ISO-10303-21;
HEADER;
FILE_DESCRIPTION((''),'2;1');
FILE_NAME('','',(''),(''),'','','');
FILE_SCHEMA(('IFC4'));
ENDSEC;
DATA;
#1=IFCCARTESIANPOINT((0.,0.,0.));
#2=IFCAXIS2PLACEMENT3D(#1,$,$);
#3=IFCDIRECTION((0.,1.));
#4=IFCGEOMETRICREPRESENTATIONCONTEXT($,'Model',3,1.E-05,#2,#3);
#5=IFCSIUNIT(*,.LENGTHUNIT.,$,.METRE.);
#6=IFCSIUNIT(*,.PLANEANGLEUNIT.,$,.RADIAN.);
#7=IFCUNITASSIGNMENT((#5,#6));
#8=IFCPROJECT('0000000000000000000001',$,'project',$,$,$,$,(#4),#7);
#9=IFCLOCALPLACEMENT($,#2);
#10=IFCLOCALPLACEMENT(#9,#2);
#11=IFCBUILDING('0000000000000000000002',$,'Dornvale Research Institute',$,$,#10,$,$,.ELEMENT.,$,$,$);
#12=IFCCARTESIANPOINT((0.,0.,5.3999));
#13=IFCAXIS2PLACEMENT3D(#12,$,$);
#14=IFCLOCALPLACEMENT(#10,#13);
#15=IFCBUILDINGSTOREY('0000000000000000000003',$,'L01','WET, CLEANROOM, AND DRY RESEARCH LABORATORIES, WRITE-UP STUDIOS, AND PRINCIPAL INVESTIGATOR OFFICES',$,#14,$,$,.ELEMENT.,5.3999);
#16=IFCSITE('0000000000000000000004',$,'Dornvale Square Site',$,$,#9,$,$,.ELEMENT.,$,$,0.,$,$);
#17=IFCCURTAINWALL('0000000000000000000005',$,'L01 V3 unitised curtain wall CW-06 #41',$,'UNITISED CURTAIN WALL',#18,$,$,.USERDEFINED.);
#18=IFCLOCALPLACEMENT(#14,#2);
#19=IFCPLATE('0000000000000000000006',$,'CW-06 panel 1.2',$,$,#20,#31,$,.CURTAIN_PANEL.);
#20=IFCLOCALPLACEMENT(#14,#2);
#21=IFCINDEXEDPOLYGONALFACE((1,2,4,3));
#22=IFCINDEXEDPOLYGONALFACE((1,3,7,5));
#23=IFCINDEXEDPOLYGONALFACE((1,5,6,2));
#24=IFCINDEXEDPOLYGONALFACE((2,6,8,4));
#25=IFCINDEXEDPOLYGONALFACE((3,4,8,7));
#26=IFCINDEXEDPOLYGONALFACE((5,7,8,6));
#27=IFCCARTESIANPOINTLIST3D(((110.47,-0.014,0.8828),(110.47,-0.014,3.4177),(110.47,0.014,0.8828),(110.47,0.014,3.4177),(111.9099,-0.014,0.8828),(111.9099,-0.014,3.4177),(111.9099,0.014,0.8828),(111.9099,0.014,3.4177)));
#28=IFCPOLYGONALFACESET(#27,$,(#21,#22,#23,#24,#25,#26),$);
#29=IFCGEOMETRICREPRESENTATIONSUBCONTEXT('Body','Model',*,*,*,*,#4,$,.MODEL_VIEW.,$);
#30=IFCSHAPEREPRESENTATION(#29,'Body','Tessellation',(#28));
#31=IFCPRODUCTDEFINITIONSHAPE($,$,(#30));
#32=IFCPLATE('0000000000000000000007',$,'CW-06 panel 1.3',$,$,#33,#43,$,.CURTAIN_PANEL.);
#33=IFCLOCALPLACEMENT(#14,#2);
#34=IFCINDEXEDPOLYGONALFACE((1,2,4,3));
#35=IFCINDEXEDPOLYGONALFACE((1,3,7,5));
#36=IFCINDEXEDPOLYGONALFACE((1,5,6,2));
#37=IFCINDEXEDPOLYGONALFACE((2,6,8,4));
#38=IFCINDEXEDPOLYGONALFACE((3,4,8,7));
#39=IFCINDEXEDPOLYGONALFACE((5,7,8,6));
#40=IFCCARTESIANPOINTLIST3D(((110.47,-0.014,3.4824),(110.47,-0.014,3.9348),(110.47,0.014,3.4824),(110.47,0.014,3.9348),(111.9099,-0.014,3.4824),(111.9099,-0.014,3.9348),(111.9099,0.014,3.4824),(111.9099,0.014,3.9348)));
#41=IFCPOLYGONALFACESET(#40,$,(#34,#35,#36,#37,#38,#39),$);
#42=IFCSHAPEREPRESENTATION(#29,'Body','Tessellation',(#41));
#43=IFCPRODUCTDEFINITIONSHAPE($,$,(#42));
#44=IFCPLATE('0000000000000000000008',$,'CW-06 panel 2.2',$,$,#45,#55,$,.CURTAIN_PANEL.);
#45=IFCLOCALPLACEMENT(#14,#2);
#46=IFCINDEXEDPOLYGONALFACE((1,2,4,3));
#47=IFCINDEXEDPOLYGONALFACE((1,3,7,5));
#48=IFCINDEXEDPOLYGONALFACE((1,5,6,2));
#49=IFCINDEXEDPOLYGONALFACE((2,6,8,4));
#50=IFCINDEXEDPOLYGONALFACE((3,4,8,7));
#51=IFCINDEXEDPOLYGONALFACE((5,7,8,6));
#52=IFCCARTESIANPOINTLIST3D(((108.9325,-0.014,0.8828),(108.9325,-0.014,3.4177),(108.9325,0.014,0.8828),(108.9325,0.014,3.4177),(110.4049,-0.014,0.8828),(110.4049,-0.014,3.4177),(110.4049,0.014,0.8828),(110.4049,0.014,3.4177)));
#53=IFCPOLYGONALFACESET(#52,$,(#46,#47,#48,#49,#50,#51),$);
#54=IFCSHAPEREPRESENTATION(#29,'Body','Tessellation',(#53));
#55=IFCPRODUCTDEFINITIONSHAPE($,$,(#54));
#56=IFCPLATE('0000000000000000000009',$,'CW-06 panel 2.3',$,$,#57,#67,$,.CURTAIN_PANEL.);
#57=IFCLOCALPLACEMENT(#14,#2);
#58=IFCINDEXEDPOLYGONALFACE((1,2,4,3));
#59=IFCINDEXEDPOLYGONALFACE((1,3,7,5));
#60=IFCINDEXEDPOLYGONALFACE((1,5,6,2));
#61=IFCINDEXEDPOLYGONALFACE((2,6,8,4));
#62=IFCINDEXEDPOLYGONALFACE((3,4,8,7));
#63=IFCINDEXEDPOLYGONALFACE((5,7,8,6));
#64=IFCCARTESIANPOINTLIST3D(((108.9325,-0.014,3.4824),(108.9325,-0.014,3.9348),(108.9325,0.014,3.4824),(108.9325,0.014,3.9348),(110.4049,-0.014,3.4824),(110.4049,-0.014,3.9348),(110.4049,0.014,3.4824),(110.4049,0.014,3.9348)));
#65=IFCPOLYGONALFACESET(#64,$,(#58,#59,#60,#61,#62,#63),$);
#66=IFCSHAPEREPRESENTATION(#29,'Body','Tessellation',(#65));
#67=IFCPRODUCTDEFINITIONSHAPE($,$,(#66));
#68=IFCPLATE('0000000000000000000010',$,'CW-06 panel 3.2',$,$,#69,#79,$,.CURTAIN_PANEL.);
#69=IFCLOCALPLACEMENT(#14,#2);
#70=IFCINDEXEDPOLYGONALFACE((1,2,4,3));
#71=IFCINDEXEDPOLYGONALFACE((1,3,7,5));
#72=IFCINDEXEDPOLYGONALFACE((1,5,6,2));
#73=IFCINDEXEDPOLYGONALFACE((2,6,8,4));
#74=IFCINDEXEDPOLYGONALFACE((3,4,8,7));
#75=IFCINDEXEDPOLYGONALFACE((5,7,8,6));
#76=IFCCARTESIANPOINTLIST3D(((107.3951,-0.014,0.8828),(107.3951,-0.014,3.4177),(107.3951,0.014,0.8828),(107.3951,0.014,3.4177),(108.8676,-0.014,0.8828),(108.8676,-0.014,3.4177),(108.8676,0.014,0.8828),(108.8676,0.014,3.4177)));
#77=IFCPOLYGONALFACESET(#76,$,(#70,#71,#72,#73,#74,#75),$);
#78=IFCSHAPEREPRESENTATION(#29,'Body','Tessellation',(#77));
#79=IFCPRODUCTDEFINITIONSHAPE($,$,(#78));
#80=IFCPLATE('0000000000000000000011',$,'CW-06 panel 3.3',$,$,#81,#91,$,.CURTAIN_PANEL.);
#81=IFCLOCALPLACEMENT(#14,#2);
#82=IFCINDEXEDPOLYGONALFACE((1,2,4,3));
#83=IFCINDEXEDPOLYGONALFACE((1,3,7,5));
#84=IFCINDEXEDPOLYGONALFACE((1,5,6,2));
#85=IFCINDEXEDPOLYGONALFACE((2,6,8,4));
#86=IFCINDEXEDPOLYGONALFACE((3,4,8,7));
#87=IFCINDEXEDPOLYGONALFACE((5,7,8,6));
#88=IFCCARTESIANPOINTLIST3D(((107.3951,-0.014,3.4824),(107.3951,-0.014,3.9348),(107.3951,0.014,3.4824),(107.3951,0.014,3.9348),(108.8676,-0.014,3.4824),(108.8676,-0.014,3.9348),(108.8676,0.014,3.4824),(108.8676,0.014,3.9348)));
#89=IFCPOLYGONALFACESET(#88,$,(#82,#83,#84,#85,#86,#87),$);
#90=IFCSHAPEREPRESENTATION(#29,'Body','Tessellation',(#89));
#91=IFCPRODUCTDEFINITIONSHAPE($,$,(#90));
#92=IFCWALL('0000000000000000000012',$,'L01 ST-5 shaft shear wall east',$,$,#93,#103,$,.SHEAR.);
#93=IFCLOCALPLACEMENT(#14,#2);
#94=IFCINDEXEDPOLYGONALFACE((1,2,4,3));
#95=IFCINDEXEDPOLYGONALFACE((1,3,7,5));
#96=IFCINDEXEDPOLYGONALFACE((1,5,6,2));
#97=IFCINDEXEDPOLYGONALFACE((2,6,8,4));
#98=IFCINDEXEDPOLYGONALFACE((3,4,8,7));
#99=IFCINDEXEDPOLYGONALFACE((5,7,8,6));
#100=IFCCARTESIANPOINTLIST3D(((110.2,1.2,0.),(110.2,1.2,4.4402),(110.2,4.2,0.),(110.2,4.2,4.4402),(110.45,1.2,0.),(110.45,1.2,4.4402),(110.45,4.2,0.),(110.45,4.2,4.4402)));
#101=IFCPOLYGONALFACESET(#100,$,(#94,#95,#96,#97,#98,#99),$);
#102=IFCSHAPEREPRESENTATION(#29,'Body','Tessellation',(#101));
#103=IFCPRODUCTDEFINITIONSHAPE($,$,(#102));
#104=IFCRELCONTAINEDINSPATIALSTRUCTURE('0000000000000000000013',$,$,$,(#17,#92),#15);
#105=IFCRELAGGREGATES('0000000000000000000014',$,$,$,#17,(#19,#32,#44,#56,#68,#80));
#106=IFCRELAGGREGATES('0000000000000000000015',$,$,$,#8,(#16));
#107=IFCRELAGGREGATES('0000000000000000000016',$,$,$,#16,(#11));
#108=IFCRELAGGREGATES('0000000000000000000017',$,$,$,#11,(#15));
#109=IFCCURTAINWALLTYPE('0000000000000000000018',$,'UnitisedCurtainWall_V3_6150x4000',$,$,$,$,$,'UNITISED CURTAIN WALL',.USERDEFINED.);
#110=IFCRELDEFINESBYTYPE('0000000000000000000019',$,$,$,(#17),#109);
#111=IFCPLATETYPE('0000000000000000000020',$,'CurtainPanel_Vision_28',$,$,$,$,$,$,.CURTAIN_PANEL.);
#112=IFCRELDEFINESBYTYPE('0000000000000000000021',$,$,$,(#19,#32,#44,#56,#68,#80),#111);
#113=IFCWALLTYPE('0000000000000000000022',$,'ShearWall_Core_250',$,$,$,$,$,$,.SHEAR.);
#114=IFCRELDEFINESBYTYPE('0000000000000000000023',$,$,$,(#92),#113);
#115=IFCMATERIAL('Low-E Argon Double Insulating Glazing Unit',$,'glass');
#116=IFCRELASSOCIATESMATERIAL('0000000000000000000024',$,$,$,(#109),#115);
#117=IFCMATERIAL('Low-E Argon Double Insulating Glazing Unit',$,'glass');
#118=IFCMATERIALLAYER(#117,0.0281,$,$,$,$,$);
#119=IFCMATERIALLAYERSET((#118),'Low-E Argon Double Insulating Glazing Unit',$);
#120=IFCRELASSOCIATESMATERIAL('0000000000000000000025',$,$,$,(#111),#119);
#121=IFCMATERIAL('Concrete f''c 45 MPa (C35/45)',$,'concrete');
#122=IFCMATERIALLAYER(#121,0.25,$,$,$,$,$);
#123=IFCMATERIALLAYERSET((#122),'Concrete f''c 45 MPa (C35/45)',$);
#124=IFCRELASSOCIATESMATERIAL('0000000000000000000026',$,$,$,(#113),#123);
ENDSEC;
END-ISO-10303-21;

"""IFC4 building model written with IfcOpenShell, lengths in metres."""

from ifc_helpers import new_model, si_unit, direction, frame, frame_2d, origin, origin_2d, place, context, subcontext, project, spatial, rectangle, extrude, material, layer, layer_set, type_object, element, aggregate, save


model = new_model("IFC4")

# Units and contexts
model_context = context("Model", 3, precision=1e-05, world=origin(), true_north=direction((0.0, 1.0)))
body_context = subcontext(model_context, "Body", "Model", "MODEL_VIEW")
ifc_project = project(units=[si_unit("LENGTHUNIT", "METRE"), si_unit("PLANEANGLEUNIT", "RADIAN")], contexts=[model_context])

# Site, building, storey
site_placement = place(None, origin())
site = spatial("IfcSite", under=ifc_project, at=site_placement, Name="Dornvale Square Site", CompositionType="ELEMENT", RefElevation=0.0)
building_placement = place(site_placement, origin())
building = spatial("IfcBuilding", under=site, at=building_placement, Name="Dornvale Research Institute", CompositionType="ELEMENT")
storey_placement = place(building_placement, frame((0.0, 0.0, 5.3999)))
storey = spatial("IfcBuildingStorey", under=building, at=storey_placement, Name="L01", Description="WET, CLEANROOM, AND DRY RESEARCH LABORATORIES, WRITE-UP STUDIOS, AND PRINCIPAL INVESTIGATOR OFFICES", CompositionType="ELEMENT", Elevation=5.3999)

# Curtain wall
ifc_material_1 = material(Name="Low-E Argon Double Insulating Glazing Unit", Category="glass")
curtain_wall_type = type_object("IfcCurtainWallType", Name="UnitisedCurtainWall_V3_6150x4000", ElementType="UNITISED CURTAIN WALL", PredefinedType="USERDEFINED", material=ifc_material_1)
curtain_wall_placement = place(storey_placement, origin())
curtain_wall = element("IfcCurtainWall", 1, at=curtain_wall_placement, inside=storey, type_object=curtain_wall_type, Name="L01 V3 unitised curtain wall CW-06 #41", ObjectType="UNITISED CURTAIN WALL", PredefinedType="USERDEFINED")

# Plates
ifc_material_2 = material(Name="Low-E Argon Double Insulating Glazing Unit", Category="glass")
ifc_layer_1 = layer(ifc_material_2, 0.0281)
ifc_layer_set_1 = layer_set([ifc_layer_1], Name="Low-E Argon Double Insulating Glazing Unit")
plate_type_1 = type_object("IfcPlateType", Name="CurtainPanel_Vision_28", PredefinedType="CURTAIN_PANEL", material=ifc_layer_set_1)
plate_1_placement = place(storey_placement, frame((111.1899, 0.0, 0.8828), z_axis=(0.0, 0.0, 1.0), x_axis=(-1.0, 0.0, 0.0)))
plate_1 = element("IfcPlate", 2, at=plate_1_placement, type_object=plate_type_1, Name="CW-06 panel 1.2", PredefinedType="CURTAIN_PANEL", context=body_context, shape_type="SweptSolid", body=[
    extrude(rectangle(XDim=1.4399, YDim=0.0281, at=origin_2d()), origin(), (0.0, 0.0, 1.0), 2.5349),
])
plate_2_placement = place(storey_placement, frame((111.1899, 0.0, 3.4824), z_axis=(0.0, 0.0, 1.0), x_axis=(-1.0, 0.0, 0.0)))
plate_2 = element("IfcPlate", 3, at=plate_2_placement, type_object=plate_type_1, Name="CW-06 panel 1.3", PredefinedType="CURTAIN_PANEL", context=body_context, shape_type="SweptSolid", body=[
    extrude(rectangle(XDim=1.4399, YDim=0.0281, at=origin_2d()), origin(), (0.0, 0.0, 1.0), 0.4524),
])
plate_3_placement = place(storey_placement, frame((109.6687, 0.0, 0.8828), z_axis=(0.0, 0.0, 1.0), x_axis=(-1.0, 0.0, 0.0)))
plate_3 = element("IfcPlate", 4, at=plate_3_placement, type_object=plate_type_1, Name="CW-06 panel 2.2", PredefinedType="CURTAIN_PANEL", context=body_context, shape_type="SweptSolid", body=[
    extrude(rectangle(XDim=1.4724, YDim=0.0281, at=origin_2d()), origin(), (0.0, 0.0, 1.0), 2.5349),
])
plate_4_placement = place(storey_placement, frame((109.6687, 0.0, 3.4824), z_axis=(0.0, 0.0, 1.0), x_axis=(-1.0, 0.0, 0.0)))
plate_4 = element("IfcPlate", 5, at=plate_4_placement, type_object=plate_type_1, Name="CW-06 panel 2.3", PredefinedType="CURTAIN_PANEL", context=body_context, shape_type="SweptSolid", body=[
    extrude(rectangle(XDim=1.4724, YDim=0.0281, at=origin_2d()), origin(), (0.0, 0.0, 1.0), 0.4524),
])
plate_5_placement = place(storey_placement, frame((108.1313, 0.0, 0.8828), z_axis=(0.0, 0.0, 1.0), x_axis=(-1.0, 0.0, 0.0)))
plate_5 = element("IfcPlate", 6, at=plate_5_placement, type_object=plate_type_1, Name="CW-06 panel 3.2", PredefinedType="CURTAIN_PANEL", context=body_context, shape_type="SweptSolid", body=[
    extrude(rectangle(XDim=1.4724, YDim=0.0281, at=origin_2d()), origin(), (0.0, 0.0, 1.0), 2.5349),
])
plate_6_placement = place(storey_placement, frame((108.1313, 0.0, 3.4824), z_axis=(0.0, 0.0, 1.0), x_axis=(-1.0, 0.0, 0.0)))
plate_6 = element("IfcPlate", 7, at=plate_6_placement, type_object=plate_type_1, Name="CW-06 panel 3.3", PredefinedType="CURTAIN_PANEL", context=body_context, shape_type="SweptSolid", body=[
    extrude(rectangle(XDim=1.4724, YDim=0.0281, at=origin_2d()), origin(), (0.0, 0.0, 1.0), 0.4524),
])
aggregate(curtain_wall, [plate_1, plate_2, plate_3, plate_4, plate_5, plate_6])

# Wall
ifc_material_3 = material(Name="Concrete f'c 45 MPa (C35/45)", Category="concrete")
ifc_layer_2 = layer(ifc_material_3, 0.25)
ifc_layer_set_2 = layer_set([ifc_layer_2], Name="Concrete f'c 45 MPa (C35/45)")
wall_type = type_object("IfcWallType", Name="ShearWall_Core_250", PredefinedType="SHEAR", material=ifc_layer_set_2)
wall_placement = place(storey_placement, frame((110.325, 1.2, 0.0), z_axis=(0.0, 0.0, 1.0), x_axis=(0.0, 1.0, 0.0)))
element("IfcWall", 8, at=wall_placement, inside=storey, type_object=wall_type, Name="L01 ST-5 shaft shear wall east", PredefinedType="SHEAR", context=body_context, shape_type="SweptSolid", body=[
    extrude(rectangle(XDim=3.0, YDim=0.25, at=frame_2d((1.5, 0.0))), origin(), (0.0, 0.0, 1.0), 4.4402),
])

save(model, "model.ifc")
